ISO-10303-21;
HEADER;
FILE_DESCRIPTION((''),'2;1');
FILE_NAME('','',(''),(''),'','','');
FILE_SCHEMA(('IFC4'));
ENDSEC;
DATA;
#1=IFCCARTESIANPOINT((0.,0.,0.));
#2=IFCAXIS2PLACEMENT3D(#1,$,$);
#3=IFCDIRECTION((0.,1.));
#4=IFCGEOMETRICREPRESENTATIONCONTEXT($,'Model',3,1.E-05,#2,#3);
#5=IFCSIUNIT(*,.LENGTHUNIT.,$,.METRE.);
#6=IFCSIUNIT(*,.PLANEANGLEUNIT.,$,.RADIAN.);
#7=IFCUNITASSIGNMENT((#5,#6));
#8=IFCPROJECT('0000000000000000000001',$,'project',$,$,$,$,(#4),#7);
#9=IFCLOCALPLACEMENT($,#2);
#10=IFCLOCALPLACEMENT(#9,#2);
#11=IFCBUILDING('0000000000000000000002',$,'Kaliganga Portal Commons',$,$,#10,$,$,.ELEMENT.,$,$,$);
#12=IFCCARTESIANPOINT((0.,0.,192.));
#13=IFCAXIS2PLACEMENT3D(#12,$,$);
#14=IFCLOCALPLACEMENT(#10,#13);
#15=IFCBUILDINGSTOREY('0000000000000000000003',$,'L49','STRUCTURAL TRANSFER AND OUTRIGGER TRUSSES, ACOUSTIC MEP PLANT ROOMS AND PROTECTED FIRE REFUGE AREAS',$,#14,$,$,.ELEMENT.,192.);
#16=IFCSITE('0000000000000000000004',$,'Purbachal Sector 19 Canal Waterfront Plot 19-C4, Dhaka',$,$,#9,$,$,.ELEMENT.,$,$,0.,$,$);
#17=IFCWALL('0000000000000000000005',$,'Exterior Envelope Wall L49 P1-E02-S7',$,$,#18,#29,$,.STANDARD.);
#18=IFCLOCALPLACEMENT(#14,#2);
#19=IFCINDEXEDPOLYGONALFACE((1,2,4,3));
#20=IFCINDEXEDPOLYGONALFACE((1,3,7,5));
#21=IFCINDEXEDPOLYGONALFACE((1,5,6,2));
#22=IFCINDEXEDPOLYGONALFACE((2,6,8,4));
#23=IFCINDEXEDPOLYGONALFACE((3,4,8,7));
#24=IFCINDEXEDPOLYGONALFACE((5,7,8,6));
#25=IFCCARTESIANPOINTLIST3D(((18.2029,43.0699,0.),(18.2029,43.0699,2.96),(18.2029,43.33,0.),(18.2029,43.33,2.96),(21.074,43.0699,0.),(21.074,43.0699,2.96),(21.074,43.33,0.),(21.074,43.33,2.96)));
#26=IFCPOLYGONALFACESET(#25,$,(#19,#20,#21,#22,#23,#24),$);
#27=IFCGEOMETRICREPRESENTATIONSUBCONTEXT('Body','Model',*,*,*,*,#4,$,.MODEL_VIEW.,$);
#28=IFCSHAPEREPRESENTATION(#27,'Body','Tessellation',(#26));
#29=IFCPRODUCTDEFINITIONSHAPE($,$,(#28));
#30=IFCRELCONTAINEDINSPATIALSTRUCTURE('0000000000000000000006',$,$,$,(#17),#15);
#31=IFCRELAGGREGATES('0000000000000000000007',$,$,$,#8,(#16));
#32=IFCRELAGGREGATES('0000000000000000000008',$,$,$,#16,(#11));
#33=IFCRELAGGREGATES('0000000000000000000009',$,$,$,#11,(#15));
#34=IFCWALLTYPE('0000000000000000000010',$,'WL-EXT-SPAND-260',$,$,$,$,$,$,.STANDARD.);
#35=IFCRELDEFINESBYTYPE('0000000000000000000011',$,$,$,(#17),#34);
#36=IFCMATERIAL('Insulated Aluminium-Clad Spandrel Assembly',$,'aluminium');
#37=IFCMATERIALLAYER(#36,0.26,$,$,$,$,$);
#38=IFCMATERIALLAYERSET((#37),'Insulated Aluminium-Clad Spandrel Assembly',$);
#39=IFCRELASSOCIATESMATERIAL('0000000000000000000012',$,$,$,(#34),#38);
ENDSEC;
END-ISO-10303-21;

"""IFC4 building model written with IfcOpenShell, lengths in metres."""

from ifc_helpers import new_model, si_unit, direction, frame, frame_2d, origin, place, context, subcontext, project, spatial, rectangle, extrude, material, layer, layer_set, type_object, element, save


model = new_model("IFC4")

# Units and contexts
model_context = context("Model", 3, precision=1e-05, world=origin(), true_north=direction((0.0, 1.0)))
body_context = subcontext(model_context, "Body", "Model", "MODEL_VIEW")
ifc_project = project(units=[si_unit("LENGTHUNIT", "METRE"), si_unit("PLANEANGLEUNIT", "RADIAN")], contexts=[model_context])

# Site, building, storey
site_placement = place(None, origin())
site = spatial("IfcSite", under=ifc_project, at=site_placement, Name="Purbachal Sector 19 Canal Waterfront Plot 19-C4, Dhaka", CompositionType="ELEMENT", RefElevation=0.0)
building_placement = place(site_placement, origin())
building = spatial("IfcBuilding", under=site, at=building_placement, Name="Kaliganga Portal Commons", CompositionType="ELEMENT")
storey_placement = place(building_placement, frame((0.0, 0.0, 192.0)))
storey = spatial("IfcBuildingStorey", under=building, at=storey_placement, Name="L49", Description="STRUCTURAL TRANSFER AND OUTRIGGER TRUSSES, ACOUSTIC MEP PLANT ROOMS AND PROTECTED FIRE REFUGE AREAS", CompositionType="ELEMENT", Elevation=192.0)

# Wall
ifc_material_1 = material(Name="Insulated Aluminium-Clad Spandrel Assembly", Category="aluminium")
ifc_layer_1 = layer(ifc_material_1, 0.26)
ifc_layer_set_1 = layer_set([ifc_layer_1], Name="Insulated Aluminium-Clad Spandrel Assembly")
wall_type = type_object("IfcWallType", Name="WL-EXT-SPAND-260", PredefinedType="STANDARD", material=ifc_layer_set_1)
for number, where, z_axis, x_axis, name in (
    (1, (18.2029, 43.2, 0.0), (0.0, 0.0, 1.0), (1.0, 0.0, 0.0), "Exterior Envelope Wall L49 P1-E02-S7"),
):
    element("IfcWall", number, at=place(storey_placement, frame(where, z_axis=z_axis, x_axis=x_axis)), inside=storey, type_object=wall_type, Name=name, PredefinedType="STANDARD", context=body_context, shape_type="SweptSolid", body=[
        extrude(rectangle(XDim=2.8711, YDim=0.26, at=frame_2d((1.4355, 0.0))), origin(), (0.0, 0.0, 1.0), 2.96),
    ])

save(model, "model.ifc")
